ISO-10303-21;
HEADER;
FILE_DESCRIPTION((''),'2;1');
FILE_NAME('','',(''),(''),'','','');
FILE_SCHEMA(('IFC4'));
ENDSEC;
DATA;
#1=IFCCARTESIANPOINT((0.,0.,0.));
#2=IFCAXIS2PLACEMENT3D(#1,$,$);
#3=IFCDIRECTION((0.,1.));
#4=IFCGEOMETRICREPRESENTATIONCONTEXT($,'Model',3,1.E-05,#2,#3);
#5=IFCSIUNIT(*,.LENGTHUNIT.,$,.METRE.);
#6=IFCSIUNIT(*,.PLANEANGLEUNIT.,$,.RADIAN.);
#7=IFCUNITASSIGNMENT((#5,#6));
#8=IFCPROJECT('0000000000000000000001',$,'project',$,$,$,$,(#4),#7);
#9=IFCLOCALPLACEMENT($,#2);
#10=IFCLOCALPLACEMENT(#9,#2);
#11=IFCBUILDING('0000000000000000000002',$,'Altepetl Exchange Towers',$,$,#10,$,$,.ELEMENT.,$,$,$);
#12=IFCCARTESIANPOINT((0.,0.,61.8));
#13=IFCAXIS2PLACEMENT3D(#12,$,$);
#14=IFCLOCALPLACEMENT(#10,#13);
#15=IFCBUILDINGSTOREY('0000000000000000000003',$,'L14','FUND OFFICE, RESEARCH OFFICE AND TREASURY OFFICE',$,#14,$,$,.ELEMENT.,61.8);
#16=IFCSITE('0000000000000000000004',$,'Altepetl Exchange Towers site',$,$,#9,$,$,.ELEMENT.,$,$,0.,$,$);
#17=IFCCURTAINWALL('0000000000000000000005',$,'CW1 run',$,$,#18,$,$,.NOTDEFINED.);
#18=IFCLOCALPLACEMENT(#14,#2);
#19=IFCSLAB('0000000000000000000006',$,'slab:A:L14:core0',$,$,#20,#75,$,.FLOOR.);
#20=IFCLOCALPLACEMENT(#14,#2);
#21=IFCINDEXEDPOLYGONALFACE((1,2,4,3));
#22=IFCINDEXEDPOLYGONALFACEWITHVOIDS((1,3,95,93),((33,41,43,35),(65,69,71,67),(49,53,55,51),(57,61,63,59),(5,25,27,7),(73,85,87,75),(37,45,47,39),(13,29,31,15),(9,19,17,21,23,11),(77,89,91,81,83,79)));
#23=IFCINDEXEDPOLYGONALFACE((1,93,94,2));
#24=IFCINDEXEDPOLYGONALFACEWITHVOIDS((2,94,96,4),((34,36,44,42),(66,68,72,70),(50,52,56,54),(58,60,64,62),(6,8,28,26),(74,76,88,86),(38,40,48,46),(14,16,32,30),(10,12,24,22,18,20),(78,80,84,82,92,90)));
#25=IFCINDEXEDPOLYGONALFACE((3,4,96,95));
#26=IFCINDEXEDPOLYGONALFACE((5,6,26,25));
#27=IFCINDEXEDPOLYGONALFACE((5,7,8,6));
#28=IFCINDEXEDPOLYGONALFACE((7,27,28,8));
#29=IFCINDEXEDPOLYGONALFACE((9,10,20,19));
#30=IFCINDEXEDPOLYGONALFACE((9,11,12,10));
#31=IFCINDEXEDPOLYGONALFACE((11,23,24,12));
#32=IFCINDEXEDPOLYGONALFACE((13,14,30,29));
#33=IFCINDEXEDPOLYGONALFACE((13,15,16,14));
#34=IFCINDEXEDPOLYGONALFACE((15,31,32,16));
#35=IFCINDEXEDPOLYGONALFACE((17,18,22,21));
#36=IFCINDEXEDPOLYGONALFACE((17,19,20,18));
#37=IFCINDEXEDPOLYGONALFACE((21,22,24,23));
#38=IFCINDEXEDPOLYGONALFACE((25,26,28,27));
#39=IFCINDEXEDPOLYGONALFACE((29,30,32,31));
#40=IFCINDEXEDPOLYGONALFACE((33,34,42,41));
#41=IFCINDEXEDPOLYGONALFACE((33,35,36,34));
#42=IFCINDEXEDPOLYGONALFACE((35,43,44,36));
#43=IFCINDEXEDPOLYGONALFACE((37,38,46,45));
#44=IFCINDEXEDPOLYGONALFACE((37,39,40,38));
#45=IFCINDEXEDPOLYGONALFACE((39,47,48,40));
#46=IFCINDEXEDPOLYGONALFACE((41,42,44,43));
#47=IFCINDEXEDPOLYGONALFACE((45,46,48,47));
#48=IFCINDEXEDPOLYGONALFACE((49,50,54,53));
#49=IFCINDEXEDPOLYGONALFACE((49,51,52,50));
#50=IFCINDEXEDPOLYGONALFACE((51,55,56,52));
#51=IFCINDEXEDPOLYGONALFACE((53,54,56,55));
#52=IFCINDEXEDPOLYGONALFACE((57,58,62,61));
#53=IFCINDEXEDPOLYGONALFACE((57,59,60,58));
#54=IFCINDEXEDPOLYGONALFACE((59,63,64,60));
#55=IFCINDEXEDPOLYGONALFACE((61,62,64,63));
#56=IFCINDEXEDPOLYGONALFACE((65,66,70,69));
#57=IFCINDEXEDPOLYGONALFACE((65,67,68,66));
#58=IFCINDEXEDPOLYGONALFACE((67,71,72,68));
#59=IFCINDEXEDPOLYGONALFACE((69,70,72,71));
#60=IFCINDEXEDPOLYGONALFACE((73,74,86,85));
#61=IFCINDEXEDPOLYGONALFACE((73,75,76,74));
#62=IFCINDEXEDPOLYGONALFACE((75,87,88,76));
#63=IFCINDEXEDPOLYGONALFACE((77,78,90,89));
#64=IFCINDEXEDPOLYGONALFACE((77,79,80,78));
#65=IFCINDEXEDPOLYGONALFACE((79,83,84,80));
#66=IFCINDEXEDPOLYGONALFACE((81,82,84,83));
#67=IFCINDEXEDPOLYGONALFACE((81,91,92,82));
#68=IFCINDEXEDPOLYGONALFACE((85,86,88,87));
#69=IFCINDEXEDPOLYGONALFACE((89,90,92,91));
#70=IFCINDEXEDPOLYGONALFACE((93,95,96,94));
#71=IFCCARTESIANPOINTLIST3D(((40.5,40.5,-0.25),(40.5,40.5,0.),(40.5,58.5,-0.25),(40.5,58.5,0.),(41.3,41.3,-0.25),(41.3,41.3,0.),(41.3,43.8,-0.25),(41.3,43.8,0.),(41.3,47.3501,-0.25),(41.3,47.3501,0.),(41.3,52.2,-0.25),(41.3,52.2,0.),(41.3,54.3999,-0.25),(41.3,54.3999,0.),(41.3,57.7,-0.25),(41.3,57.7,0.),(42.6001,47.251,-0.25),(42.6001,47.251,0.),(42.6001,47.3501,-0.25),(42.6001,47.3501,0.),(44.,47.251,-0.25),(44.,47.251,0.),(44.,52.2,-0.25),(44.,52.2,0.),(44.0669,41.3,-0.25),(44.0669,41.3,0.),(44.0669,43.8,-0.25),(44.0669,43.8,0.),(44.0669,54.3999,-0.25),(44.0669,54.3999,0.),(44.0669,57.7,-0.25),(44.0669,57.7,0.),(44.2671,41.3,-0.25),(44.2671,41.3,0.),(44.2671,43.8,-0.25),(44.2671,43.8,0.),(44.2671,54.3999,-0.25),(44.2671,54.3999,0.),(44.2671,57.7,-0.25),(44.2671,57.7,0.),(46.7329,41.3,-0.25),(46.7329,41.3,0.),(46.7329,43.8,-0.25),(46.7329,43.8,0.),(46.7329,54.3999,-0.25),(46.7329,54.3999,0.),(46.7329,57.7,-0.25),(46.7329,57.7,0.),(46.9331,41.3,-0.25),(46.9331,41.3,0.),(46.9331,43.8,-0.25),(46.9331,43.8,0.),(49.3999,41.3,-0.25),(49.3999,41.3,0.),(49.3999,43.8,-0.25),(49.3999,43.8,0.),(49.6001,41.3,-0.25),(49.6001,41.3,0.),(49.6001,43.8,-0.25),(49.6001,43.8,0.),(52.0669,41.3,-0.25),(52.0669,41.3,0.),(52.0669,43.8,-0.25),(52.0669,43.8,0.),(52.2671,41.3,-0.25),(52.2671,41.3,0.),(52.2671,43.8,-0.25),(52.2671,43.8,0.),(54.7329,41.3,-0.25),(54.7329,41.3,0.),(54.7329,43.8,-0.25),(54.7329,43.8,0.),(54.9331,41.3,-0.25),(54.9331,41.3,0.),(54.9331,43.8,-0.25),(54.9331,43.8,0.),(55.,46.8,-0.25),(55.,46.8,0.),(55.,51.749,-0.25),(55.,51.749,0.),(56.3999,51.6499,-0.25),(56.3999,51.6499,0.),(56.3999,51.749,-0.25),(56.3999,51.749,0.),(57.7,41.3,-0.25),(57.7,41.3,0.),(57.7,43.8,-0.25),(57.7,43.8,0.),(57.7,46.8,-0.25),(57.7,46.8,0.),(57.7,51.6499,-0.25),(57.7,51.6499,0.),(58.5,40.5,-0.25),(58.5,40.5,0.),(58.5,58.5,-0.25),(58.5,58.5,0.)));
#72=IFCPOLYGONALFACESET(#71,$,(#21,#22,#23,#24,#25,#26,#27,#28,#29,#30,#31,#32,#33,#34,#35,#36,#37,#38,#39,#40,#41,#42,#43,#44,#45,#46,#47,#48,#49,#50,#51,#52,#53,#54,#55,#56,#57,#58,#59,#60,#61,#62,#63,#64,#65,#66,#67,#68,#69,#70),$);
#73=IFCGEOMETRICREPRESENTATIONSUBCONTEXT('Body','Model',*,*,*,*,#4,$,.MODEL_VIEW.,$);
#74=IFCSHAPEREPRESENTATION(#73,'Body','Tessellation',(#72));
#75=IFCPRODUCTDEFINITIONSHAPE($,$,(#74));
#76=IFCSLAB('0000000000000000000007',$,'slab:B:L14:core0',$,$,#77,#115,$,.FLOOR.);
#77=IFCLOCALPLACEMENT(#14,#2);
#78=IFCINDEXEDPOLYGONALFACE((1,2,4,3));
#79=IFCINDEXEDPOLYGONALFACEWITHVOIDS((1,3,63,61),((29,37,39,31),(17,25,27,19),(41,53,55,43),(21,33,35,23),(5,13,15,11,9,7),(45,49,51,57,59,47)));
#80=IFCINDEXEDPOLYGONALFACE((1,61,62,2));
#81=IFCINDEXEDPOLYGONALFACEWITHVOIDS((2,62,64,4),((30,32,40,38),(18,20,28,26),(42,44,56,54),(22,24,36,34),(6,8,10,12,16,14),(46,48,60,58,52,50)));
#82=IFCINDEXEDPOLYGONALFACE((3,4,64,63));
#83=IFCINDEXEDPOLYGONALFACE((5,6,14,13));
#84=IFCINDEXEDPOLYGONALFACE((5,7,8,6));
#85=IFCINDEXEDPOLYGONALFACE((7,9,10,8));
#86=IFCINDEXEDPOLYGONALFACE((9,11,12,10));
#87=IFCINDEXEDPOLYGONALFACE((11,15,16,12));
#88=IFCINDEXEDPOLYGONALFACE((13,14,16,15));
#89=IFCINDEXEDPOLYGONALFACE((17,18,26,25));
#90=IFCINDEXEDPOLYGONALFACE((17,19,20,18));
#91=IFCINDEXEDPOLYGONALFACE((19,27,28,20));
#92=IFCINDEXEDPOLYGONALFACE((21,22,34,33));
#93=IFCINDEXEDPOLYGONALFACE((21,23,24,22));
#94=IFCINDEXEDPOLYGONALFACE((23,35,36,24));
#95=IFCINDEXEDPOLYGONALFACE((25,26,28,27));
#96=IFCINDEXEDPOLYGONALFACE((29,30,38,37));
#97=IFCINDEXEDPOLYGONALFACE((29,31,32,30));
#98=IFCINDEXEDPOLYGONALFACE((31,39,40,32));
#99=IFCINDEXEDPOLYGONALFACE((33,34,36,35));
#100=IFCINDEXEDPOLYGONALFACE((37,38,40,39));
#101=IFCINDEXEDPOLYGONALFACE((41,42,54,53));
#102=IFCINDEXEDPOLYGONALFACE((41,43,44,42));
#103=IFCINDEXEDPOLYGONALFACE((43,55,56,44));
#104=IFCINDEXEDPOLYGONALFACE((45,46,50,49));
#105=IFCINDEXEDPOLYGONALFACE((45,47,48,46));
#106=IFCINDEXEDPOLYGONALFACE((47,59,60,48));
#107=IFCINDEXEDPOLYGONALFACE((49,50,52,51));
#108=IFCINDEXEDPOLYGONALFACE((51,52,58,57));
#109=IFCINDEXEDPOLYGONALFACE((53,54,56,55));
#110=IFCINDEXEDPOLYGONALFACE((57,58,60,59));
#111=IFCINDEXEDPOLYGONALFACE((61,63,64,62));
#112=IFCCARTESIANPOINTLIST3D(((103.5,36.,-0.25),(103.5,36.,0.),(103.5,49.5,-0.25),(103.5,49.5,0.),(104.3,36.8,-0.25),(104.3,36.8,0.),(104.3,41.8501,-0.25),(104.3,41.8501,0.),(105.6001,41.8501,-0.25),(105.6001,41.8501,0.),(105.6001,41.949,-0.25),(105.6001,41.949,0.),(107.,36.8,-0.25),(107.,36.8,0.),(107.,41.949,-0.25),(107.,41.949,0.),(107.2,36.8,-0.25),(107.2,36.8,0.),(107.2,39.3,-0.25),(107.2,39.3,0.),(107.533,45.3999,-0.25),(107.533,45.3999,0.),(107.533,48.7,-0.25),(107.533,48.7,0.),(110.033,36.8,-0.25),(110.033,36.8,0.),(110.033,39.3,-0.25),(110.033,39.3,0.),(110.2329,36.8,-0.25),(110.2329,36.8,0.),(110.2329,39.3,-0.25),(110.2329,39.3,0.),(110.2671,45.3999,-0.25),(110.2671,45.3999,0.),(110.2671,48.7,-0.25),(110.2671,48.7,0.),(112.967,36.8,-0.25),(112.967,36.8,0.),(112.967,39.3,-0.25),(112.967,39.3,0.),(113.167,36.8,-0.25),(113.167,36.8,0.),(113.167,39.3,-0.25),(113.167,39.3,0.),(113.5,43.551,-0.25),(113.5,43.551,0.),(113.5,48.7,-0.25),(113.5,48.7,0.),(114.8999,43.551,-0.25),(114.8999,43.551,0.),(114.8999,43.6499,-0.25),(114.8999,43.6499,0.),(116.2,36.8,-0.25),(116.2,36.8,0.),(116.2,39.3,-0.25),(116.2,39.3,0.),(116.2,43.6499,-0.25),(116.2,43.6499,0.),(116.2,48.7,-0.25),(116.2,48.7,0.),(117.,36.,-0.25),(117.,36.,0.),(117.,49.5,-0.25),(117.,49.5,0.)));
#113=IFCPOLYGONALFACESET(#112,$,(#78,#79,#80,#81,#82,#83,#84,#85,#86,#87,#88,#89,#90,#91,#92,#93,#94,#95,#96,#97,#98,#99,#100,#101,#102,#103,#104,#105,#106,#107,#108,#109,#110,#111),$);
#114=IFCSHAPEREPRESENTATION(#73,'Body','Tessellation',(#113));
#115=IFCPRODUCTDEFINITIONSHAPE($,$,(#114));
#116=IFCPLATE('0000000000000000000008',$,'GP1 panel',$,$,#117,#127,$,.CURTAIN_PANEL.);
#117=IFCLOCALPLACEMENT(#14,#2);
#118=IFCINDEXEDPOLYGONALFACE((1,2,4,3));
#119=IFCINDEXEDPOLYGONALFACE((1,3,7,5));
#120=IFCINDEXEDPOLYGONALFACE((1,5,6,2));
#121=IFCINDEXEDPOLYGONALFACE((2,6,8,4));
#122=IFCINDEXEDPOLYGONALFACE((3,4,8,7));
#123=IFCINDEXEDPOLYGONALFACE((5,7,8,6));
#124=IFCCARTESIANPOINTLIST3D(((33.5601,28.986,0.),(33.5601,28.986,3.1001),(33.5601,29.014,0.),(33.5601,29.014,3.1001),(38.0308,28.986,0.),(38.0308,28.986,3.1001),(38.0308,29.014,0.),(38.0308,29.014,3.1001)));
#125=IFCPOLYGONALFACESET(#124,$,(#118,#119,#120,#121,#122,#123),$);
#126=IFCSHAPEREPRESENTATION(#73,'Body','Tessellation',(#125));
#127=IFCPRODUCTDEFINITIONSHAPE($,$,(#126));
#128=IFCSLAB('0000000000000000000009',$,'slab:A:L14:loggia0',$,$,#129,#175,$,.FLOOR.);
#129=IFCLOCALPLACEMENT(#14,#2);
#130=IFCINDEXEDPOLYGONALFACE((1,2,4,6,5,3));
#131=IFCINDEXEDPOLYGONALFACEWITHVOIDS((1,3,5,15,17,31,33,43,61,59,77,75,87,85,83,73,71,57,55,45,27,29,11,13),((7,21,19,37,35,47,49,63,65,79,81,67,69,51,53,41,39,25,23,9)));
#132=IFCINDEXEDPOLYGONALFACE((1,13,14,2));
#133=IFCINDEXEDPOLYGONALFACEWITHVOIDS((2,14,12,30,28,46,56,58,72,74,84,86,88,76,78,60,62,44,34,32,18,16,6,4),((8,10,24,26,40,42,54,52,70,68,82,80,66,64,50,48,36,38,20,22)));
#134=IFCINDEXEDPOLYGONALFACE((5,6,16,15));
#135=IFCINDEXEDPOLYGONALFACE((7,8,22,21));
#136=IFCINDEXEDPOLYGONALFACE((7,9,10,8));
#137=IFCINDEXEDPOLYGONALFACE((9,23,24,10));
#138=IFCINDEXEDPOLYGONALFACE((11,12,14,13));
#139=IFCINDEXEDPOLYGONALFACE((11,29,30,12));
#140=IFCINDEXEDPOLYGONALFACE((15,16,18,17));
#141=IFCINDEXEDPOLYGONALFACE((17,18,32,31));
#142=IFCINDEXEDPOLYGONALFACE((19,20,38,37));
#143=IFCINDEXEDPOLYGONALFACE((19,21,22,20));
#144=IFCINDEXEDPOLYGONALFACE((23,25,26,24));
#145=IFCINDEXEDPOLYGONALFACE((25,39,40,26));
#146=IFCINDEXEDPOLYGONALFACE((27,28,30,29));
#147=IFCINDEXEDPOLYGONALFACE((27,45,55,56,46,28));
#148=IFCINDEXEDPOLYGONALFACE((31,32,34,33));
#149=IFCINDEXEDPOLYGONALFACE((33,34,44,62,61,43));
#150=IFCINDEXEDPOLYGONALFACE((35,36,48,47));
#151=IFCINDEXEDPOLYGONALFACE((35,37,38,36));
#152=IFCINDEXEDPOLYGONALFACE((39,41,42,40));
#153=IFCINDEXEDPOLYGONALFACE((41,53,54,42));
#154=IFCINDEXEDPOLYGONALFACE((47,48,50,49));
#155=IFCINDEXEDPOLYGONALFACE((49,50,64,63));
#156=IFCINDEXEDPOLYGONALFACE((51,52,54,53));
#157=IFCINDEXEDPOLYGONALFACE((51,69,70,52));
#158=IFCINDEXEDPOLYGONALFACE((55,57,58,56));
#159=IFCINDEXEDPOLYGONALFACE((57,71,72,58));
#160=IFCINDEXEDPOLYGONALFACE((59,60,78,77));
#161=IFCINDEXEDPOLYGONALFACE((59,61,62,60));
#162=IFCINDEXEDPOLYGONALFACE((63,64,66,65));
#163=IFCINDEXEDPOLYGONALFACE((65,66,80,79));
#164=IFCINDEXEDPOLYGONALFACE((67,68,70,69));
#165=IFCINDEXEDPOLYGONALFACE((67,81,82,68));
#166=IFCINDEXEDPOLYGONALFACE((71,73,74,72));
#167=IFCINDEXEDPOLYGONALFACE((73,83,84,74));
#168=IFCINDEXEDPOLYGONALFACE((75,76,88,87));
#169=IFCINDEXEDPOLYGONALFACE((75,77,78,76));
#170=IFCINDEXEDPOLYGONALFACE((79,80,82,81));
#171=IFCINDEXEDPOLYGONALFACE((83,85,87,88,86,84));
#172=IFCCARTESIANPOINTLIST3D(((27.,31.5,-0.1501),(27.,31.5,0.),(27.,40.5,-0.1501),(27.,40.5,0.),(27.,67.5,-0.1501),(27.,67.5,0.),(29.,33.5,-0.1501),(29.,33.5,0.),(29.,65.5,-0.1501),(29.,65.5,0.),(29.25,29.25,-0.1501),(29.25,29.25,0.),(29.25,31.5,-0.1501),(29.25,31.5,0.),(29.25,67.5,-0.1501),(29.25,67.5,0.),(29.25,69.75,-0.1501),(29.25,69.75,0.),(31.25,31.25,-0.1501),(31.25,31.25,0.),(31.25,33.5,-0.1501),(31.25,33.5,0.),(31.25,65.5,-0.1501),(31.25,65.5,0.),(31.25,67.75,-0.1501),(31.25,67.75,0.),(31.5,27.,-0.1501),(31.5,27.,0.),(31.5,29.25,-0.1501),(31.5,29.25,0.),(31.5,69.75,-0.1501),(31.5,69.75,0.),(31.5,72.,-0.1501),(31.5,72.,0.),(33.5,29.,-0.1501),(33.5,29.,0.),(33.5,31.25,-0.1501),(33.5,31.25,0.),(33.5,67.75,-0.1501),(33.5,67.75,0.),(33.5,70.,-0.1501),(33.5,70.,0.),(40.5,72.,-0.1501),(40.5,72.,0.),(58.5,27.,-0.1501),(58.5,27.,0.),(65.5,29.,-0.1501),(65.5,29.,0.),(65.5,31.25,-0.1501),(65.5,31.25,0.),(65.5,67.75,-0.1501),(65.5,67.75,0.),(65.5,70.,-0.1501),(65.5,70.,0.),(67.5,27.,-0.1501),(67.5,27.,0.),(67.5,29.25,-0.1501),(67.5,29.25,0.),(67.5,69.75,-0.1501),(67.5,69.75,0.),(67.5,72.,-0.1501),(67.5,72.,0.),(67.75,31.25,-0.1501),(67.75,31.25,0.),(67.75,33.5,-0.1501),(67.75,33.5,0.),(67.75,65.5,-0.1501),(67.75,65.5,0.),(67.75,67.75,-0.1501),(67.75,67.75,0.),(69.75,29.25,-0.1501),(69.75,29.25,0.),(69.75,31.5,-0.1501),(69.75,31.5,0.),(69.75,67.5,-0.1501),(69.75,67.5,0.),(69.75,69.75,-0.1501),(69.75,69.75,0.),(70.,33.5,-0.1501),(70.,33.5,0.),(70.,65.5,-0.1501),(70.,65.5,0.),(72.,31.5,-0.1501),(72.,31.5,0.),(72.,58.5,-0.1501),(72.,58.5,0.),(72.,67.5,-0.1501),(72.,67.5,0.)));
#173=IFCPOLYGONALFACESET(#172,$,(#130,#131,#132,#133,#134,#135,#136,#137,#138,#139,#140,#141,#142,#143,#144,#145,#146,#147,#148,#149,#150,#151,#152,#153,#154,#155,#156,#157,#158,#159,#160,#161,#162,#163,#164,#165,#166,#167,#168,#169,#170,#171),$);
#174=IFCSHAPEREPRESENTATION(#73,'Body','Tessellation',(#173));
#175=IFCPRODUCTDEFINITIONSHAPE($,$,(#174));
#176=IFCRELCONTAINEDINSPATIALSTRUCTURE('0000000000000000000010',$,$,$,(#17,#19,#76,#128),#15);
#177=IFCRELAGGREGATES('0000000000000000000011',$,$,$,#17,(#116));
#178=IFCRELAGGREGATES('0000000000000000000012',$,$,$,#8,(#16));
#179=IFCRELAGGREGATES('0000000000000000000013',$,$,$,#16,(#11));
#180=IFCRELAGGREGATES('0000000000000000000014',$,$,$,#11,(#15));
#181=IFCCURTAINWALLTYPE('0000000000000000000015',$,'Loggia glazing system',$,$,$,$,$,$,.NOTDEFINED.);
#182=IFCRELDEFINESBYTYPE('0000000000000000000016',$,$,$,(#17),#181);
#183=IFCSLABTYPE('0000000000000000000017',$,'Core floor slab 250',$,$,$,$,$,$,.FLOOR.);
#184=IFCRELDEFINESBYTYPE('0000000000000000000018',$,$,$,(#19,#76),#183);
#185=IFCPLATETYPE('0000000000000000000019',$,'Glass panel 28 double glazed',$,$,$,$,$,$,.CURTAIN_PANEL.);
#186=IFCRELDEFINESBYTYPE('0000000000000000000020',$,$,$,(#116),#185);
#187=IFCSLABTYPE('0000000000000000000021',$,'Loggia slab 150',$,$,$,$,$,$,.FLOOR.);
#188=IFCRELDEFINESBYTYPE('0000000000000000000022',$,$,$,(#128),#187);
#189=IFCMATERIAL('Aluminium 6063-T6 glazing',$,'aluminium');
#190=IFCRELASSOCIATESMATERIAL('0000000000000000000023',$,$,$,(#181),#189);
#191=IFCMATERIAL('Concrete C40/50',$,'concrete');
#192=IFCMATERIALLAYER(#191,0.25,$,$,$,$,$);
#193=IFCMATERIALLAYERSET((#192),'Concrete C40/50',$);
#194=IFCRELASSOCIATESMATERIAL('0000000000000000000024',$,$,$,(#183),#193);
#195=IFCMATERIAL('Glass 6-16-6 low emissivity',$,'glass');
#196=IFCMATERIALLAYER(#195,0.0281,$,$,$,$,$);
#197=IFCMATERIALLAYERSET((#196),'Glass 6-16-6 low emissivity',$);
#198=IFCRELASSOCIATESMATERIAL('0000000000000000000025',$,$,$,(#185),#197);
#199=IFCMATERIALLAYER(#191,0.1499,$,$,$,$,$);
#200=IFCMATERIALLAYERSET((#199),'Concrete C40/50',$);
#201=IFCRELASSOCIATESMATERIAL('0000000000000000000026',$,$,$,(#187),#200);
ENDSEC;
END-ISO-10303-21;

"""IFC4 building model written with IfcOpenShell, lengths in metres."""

from ifc_helpers import new_model, si_unit, direction, frame, origin, origin_2d, place, context, subcontext, project, spatial, polyline, rectangle, outline, extrude, material, layer, layer_set, type_object, element, aggregate, save


model = new_model("IFC4")

# Units and contexts
model_context = context("Model", 3, precision=1e-05, world=origin(), true_north=direction((0.0, 1.0)))
body_context = subcontext(model_context, "Body", "Model", "MODEL_VIEW")
ifc_project = project(units=[si_unit("LENGTHUNIT", "METRE"), si_unit("PLANEANGLEUNIT", "RADIAN")], contexts=[model_context])

# Site, building, storey
site_placement = place(None, origin())
site = spatial("IfcSite", under=ifc_project, at=site_placement, Name="Altepetl Exchange Towers site", CompositionType="ELEMENT", RefElevation=0.0)
building_placement = place(site_placement, origin())
building = spatial("IfcBuilding", under=site, at=building_placement, Name="Altepetl Exchange Towers", CompositionType="ELEMENT")
storey_placement = place(building_placement, frame((0.0, 0.0, 61.8)))
storey = spatial("IfcBuildingStorey", under=building, at=storey_placement, Name="L14", Description="FUND OFFICE, RESEARCH OFFICE AND TREASURY OFFICE", CompositionType="ELEMENT", Elevation=61.8)

# Curtain wall
ifc_material_1 = material(Name="Aluminium 6063-T6 glazing", Category="aluminium")
curtain_wall_type = type_object("IfcCurtainWallType", Name="Loggia glazing system", PredefinedType="NOTDEFINED", material=ifc_material_1)
curtain_wall_1_placement = place(storey_placement, origin())
curtain_wall_1 = element("IfcCurtainWall", 1, at=curtain_wall_1_placement, inside=storey, type_object=curtain_wall_type, Name="CW1 run", PredefinedType="NOTDEFINED")

# Slabs
ifc_material_2 = material(Name="Concrete C40/50", Category="concrete")
ifc_layer_1 = layer(ifc_material_2, 0.25)
ifc_layer_set_1 = layer_set([ifc_layer_1], Name="Concrete C40/50")
slab_type_1 = type_object("IfcSlabType", Name="Core floor slab 250", PredefinedType="FLOOR", material=ifc_layer_set_1)
slab_1_placement = place(storey_placement, frame((0.0, 0.0, -0.25)))
element("IfcSlab", 2, at=slab_1_placement, inside=storey, type_object=slab_type_1, Name="slab:A:L14:core0", PredefinedType="FLOOR", context=body_context, shape_type="SweptSolid", body=[
    extrude(outline(polyline([(40.5, 40.5), (58.5, 40.5), (58.5, 58.5), (40.5, 58.5), (40.5, 40.5)]), holes=[polyline([(41.3, 43.8), (44.0669, 43.8), (44.0669, 41.3), (41.3, 41.3), (41.3, 43.8)]), polyline([(44.2671, 43.8), (46.7329, 43.8), (46.7329, 41.3), (44.2671, 41.3), (44.2671, 43.8)]), polyline([(46.9331, 43.8), (49.3999, 43.8), (49.3999, 41.3), (46.9331, 41.3), (46.9331, 43.8)]), polyline([(52.0669, 43.8), (52.0669, 41.3), (49.6001, 41.3), (49.6001, 43.8), (52.0669, 43.8)]), polyline([(54.7329, 43.8), (54.7329, 41.3), (52.2671, 41.3), (52.2671, 43.8), (54.7329, 43.8)]), polyline([(54.9331, 43.8), (57.7, 43.8), (57.7, 41.3), (54.9331, 41.3), (54.9331, 43.8)]), polyline([(55.0, 51.749), (56.3999, 51.749), (56.3999, 51.6499), (57.7, 51.6499), (57.7, 46.8), (55.0, 46.8), (55.0, 51.749)]), polyline([(44.0, 47.251), (42.6001, 47.251), (42.6001, 47.3501), (41.3, 47.3501), (41.3, 52.2), (44.0, 52.2), (44.0, 47.251)]), polyline([(44.0669, 57.7), (44.0669, 54.3999), (41.3, 54.3999), (41.3, 57.7), (44.0669, 57.7)]), polyline([(46.7329, 57.7), (46.7329, 54.3999), (44.2671, 54.3999), (44.2671, 57.7), (46.7329, 57.7)])]), origin(), (0.0, 0.0, 1.0), 0.25),
])
slab_2_placement = place(storey_placement, frame((0.0, 0.0, -0.25)))
element("IfcSlab", 3, at=slab_2_placement, inside=storey, type_object=slab_type_1, Name="slab:B:L14:core0", PredefinedType="FLOOR", context=body_context, shape_type="SweptSolid", body=[
    extrude(outline(polyline([(103.5, 36.0), (117.0, 36.0), (117.0, 49.5), (103.5, 49.5), (103.5, 36.0)]), holes=[polyline([(107.2, 36.8), (107.2, 39.3), (110.033, 39.3), (110.033, 36.8), (107.2, 36.8)]), polyline([(110.2329, 39.3), (112.967, 39.3), (112.967, 36.8), (110.2329, 36.8), (110.2329, 39.3)]), polyline([(113.167, 39.3), (116.2, 39.3), (116.2, 36.8), (113.167, 36.8), (113.167, 39.3)]), polyline([(107.0, 36.8), (104.3, 36.8), (104.3, 41.8501), (105.6001, 41.8501), (105.6001, 41.949), (107.0, 41.949), (107.0, 36.8)]), polyline([(116.2, 48.7), (116.2, 43.6499), (114.8999, 43.6499), (114.8999, 43.551), (113.5, 43.551), (113.5, 48.7), (116.2, 48.7)]), polyline([(107.533, 48.7), (110.2671, 48.7), (110.2671, 45.3999), (107.533, 45.3999), (107.533, 48.7)])]), origin(), (0.0, 0.0, 1.0), 0.25),
])

# Plate
ifc_material_3 = material(Name="Glass 6-16-6 low emissivity", Category="glass")
ifc_layer_2 = layer(ifc_material_3, 0.0281)
ifc_layer_set_2 = layer_set([ifc_layer_2], Name="Glass 6-16-6 low emissivity")
plate_type = type_object("IfcPlateType", Name="Glass panel 28 double glazed", PredefinedType="CURTAIN_PANEL", material=ifc_layer_set_2)
plate_placement = place(storey_placement, frame((35.7954, 29.0, 0.0)))
plate = element("IfcPlate", 4, at=plate_placement, type_object=plate_type, Name="GP1 panel", PredefinedType="CURTAIN_PANEL", context=body_context, shape_type="SweptSolid", body=[
    extrude(rectangle(XDim=4.4707, YDim=0.0281, at=origin_2d()), origin(), (0.0, 0.0, 1.0), 3.1001),
])
aggregate(curtain_wall_1, [plate])

# Slab
ifc_layer_3 = layer(ifc_material_2, 0.1499)
ifc_layer_set_3 = layer_set([ifc_layer_3], Name="Concrete C40/50")
slab_type_2 = type_object("IfcSlabType", Name="Loggia slab 150", PredefinedType="FLOOR", material=ifc_layer_set_3)
slab_3_placement = place(storey_placement, frame((0.0, 0.0, -0.1501)))
element("IfcSlab", 5, at=slab_3_placement, inside=storey, type_object=slab_type_2, Name="slab:A:L14:loggia0", PredefinedType="FLOOR", context=body_context, shape_type="SweptSolid", body=[
    extrude(outline(polyline([(29.25, 67.5), (27.0, 67.5), (27.0, 40.5), (27.0, 31.5), (29.25, 31.5), (29.25, 29.25), (31.5, 29.25), (31.5, 27.0), (58.5, 27.0), (67.5, 27.0), (67.5, 29.25), (69.75, 29.25), (69.75, 31.5), (72.0, 31.5), (72.0, 58.5), (72.0, 67.5), (69.75, 67.5), (69.75, 69.75), (67.5, 69.75), (67.5, 72.0), (40.5, 72.0), (31.5, 72.0), (31.5, 69.75), (29.25, 69.75), (29.25, 67.5)]), holes=[polyline([(29.0, 65.5), (31.25, 65.5), (31.25, 67.75), (33.5, 67.75), (33.5, 70.0), (65.5, 70.0), (65.5, 67.75), (67.75, 67.75), (67.75, 65.5), (70.0, 65.5), (70.0, 33.5), (67.75, 33.5), (67.75, 31.25), (65.5, 31.25), (65.5, 29.0), (33.5, 29.0), (33.5, 31.25), (31.25, 31.25), (31.25, 33.5), (29.0, 33.5), (29.0, 65.5)])]), origin(), (0.0, 0.0, 1.0), 0.1501),
])

save(model, "model.ifc")
